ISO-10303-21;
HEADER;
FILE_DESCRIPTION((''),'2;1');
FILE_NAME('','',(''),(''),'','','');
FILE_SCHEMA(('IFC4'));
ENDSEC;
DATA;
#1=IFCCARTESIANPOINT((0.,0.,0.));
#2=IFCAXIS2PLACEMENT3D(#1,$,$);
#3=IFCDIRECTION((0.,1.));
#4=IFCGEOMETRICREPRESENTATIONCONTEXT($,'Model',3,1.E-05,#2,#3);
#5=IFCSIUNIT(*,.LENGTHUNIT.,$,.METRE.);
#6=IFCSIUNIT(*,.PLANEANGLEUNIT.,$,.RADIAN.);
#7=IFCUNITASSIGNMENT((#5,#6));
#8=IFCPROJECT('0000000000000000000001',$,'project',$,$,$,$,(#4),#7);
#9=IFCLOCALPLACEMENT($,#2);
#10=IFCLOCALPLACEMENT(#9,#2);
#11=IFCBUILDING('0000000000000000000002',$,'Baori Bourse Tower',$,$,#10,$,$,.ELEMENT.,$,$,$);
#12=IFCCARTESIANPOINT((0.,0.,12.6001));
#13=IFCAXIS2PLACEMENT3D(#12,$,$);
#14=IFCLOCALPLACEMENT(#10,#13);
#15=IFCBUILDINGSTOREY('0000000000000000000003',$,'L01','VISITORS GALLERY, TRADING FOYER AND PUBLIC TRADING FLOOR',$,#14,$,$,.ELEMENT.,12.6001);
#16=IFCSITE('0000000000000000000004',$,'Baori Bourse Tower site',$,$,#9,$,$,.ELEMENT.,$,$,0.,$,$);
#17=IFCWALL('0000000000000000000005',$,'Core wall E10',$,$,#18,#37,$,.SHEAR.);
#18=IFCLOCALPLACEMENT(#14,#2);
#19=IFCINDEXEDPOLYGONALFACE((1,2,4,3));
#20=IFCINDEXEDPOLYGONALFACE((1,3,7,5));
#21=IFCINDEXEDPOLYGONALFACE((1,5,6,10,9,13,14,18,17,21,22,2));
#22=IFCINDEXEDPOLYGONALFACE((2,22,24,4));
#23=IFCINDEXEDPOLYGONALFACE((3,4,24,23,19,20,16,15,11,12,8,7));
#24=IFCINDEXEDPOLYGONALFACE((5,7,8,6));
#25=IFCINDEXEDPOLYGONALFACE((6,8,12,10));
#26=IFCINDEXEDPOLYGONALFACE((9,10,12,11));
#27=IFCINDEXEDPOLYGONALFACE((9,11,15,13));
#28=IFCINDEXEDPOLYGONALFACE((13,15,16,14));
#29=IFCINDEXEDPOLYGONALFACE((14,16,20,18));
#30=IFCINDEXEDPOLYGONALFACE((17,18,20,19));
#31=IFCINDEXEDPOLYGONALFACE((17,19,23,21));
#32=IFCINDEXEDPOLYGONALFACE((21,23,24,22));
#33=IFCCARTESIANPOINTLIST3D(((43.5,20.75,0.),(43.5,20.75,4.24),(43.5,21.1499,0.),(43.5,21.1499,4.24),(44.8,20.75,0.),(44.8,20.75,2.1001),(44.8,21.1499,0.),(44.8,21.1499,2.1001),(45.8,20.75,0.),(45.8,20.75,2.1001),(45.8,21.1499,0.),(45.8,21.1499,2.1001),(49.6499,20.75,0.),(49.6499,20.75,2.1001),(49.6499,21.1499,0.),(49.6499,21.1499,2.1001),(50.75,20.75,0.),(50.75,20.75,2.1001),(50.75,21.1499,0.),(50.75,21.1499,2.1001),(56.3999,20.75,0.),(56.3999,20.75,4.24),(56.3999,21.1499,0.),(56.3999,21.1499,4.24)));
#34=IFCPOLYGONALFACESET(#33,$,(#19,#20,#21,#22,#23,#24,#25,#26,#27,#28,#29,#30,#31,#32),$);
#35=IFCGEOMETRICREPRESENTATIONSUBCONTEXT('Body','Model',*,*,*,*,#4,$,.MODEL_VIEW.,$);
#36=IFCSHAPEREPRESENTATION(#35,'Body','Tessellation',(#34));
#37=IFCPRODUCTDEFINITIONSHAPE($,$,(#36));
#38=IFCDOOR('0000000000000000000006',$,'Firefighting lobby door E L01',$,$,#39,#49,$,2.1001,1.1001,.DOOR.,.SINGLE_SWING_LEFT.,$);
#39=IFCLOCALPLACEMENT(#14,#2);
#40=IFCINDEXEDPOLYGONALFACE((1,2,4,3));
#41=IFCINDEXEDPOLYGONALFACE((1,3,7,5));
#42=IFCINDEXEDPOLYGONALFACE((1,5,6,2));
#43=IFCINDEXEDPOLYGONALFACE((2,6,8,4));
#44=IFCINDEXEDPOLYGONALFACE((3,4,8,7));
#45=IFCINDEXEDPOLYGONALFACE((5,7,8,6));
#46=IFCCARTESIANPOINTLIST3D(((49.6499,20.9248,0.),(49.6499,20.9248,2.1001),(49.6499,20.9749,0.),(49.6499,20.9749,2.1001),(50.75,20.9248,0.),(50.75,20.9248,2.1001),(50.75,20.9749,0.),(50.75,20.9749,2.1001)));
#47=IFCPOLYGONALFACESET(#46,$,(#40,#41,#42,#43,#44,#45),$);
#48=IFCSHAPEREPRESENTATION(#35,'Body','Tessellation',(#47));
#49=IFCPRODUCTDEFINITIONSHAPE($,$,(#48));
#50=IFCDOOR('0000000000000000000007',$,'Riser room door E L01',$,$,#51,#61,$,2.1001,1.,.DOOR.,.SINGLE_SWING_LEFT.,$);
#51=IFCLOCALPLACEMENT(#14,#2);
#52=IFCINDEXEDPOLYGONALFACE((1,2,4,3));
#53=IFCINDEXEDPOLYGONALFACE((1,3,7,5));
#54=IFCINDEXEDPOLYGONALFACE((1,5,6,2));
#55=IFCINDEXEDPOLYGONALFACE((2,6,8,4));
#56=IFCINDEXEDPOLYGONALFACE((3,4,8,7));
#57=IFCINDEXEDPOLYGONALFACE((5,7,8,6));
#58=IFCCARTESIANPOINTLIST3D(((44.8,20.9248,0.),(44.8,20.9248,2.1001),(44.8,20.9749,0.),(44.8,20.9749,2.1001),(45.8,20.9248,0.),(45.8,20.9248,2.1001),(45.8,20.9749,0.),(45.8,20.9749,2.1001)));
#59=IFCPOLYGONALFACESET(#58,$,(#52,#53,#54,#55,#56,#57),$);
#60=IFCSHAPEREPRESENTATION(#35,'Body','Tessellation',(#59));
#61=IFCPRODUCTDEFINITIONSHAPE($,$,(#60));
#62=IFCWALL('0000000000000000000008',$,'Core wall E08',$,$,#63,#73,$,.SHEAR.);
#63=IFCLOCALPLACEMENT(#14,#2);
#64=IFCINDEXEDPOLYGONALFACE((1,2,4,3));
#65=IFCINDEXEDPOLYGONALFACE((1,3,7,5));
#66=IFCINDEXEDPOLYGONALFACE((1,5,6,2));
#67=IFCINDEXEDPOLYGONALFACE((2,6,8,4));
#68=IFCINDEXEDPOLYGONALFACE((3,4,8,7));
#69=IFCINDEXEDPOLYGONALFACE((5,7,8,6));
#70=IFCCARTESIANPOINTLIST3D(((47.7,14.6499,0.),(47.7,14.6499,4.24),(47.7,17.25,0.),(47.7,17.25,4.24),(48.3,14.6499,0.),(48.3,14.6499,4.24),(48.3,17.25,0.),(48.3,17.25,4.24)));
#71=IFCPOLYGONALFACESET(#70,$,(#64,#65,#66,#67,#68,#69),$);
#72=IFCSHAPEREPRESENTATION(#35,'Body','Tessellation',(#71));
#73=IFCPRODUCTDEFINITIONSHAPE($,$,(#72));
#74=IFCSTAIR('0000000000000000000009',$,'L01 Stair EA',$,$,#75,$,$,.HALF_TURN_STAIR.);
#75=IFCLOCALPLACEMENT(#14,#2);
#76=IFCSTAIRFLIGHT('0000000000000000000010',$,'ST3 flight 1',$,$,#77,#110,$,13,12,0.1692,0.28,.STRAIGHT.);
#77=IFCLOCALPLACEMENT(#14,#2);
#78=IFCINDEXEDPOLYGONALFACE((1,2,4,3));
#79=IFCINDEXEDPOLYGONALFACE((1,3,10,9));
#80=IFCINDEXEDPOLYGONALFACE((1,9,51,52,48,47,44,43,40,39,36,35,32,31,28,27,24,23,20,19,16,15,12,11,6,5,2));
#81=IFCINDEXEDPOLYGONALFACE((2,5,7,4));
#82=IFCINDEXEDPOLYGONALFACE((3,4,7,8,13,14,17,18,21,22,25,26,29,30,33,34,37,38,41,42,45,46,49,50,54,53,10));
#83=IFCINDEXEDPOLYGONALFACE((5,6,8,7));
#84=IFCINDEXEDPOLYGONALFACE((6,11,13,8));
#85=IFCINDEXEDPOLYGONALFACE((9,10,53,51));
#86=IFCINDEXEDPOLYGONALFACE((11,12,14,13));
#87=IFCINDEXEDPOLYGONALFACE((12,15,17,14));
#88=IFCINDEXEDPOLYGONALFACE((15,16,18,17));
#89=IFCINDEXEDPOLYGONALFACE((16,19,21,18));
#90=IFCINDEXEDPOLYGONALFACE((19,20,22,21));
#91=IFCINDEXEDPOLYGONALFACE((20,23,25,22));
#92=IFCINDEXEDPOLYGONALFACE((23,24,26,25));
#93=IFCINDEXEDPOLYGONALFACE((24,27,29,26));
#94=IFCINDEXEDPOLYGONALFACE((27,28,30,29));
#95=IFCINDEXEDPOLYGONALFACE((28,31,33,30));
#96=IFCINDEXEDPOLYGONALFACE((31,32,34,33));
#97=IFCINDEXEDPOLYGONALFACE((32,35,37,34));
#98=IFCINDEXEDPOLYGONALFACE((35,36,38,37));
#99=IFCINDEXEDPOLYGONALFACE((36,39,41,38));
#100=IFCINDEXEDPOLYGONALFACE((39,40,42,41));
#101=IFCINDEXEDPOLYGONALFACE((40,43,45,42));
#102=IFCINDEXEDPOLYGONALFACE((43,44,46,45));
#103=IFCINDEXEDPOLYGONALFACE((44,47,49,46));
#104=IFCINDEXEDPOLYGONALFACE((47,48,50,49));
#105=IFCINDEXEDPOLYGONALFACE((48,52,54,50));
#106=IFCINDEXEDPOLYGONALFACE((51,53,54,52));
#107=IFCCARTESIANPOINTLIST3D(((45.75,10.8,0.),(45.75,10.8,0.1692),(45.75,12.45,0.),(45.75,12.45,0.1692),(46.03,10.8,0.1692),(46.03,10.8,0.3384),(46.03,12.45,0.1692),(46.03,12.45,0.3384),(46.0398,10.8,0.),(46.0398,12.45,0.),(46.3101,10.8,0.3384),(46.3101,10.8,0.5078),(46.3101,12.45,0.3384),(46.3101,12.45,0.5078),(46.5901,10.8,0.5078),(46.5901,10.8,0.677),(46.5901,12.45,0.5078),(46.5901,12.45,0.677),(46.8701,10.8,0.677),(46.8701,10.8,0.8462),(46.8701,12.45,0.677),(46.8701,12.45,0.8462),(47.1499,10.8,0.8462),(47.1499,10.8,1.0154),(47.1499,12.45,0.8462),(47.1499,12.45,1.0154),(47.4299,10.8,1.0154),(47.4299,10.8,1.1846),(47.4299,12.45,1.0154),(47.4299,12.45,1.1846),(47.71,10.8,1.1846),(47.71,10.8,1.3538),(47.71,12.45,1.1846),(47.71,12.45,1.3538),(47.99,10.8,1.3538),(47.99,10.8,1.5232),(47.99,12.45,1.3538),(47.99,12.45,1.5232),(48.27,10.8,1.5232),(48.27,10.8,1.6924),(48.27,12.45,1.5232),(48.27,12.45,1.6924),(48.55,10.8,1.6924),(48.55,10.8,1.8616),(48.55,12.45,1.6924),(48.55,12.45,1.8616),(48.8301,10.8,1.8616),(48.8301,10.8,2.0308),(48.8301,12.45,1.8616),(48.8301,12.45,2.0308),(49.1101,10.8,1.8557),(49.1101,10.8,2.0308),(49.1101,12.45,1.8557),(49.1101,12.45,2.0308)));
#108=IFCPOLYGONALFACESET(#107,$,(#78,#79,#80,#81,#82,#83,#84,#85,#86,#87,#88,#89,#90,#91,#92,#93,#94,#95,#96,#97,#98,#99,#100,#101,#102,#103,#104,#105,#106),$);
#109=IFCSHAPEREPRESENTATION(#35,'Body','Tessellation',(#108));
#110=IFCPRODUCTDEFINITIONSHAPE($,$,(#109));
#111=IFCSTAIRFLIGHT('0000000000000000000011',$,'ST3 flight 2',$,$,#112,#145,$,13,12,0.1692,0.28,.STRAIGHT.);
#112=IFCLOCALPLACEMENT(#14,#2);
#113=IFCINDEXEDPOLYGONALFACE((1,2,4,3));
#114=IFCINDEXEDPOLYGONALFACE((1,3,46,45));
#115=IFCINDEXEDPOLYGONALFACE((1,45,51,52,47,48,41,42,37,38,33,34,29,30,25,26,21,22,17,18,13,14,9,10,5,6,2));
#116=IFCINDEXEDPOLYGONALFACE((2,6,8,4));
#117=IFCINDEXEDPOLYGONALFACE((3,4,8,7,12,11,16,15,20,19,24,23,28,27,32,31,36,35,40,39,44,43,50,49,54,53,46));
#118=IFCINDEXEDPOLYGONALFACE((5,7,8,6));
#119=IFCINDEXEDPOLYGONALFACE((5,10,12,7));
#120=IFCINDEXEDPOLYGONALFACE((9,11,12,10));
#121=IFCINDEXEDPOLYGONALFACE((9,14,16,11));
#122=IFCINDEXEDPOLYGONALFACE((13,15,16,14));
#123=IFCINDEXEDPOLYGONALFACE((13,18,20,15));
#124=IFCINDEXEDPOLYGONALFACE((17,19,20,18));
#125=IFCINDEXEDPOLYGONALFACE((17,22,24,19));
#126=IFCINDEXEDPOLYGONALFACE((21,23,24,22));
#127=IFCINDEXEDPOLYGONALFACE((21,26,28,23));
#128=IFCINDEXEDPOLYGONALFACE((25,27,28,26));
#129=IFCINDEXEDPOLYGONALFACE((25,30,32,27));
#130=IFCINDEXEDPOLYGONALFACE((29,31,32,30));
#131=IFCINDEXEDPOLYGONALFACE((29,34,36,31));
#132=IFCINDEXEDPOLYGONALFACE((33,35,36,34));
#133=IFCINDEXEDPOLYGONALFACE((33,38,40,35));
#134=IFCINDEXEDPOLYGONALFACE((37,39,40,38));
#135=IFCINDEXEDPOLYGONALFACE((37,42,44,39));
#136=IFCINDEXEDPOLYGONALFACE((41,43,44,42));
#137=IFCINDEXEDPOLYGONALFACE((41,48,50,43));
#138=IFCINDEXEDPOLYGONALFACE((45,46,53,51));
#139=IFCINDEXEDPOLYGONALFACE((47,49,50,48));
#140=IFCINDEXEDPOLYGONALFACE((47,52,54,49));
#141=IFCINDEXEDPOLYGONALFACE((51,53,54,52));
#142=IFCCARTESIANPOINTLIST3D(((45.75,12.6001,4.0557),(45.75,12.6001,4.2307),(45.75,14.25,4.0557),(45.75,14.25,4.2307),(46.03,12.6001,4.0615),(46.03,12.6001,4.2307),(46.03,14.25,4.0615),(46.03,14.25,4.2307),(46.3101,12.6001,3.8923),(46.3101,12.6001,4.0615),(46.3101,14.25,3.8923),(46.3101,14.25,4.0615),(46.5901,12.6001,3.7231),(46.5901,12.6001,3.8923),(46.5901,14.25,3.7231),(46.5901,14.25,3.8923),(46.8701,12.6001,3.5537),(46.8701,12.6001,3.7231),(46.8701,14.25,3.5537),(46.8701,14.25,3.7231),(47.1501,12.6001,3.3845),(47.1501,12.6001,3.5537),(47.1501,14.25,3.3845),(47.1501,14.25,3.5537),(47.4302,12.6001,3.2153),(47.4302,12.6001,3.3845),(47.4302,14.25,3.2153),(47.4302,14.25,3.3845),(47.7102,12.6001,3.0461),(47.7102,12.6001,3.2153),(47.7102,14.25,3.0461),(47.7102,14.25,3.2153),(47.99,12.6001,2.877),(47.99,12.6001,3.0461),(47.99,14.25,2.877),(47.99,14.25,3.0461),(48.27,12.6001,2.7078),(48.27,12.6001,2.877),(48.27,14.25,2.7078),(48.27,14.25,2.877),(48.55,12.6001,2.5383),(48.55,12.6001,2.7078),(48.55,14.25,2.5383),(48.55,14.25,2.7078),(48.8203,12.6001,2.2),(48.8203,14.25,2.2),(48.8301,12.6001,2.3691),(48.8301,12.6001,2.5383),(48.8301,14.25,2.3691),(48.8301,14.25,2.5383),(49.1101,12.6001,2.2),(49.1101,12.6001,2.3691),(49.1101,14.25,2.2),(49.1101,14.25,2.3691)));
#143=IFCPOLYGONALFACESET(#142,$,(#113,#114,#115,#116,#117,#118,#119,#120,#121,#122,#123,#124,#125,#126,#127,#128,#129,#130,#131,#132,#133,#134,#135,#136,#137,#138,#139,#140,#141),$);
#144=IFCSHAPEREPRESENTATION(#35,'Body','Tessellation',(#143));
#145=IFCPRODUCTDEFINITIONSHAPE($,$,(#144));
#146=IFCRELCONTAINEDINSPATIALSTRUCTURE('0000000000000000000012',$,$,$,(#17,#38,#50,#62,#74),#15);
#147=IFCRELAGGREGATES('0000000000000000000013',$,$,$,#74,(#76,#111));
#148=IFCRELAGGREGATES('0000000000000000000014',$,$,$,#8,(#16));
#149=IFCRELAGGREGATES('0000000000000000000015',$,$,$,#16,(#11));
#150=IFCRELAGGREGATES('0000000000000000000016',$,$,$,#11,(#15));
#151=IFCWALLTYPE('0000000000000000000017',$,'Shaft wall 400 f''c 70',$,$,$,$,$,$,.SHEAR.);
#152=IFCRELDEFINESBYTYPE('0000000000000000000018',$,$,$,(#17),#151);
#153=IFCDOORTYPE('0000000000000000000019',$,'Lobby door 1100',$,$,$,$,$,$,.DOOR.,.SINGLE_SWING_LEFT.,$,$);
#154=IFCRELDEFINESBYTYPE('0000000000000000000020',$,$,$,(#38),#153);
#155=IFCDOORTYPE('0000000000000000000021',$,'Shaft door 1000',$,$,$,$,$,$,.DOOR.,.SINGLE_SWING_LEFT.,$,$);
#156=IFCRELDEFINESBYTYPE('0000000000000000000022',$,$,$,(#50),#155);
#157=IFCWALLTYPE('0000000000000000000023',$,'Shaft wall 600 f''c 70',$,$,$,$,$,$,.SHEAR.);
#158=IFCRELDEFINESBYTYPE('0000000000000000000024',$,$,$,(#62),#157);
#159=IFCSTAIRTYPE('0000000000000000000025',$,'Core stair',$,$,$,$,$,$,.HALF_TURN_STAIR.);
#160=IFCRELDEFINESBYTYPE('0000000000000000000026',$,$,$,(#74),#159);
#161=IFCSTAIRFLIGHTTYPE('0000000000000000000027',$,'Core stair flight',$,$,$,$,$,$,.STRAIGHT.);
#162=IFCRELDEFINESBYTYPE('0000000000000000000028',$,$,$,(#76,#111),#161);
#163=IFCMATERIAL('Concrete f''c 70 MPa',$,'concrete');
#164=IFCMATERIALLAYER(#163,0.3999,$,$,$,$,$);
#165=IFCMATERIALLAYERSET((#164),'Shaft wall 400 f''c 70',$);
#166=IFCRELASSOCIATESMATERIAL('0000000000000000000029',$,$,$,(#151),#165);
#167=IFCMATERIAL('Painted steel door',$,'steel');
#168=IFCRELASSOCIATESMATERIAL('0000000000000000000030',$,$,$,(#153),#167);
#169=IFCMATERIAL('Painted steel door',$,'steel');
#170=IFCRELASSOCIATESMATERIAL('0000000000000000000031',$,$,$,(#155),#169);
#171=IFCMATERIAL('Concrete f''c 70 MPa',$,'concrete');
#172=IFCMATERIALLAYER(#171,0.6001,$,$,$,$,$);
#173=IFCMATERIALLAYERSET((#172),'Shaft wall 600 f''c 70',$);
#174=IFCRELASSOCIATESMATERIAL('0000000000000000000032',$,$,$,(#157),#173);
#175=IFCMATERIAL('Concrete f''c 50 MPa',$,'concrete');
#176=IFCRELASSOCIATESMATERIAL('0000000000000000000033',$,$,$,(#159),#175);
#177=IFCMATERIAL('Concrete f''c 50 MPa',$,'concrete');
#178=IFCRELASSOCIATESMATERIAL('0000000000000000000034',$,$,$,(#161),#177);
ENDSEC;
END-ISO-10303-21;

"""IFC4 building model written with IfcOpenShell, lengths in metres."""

from ifc_helpers import new_model, si_unit, direction, frame, frame_2d, origin, place, context, subcontext, project, spatial, polyline, rectangle, outline, extrude, material, layer, layer_set, type_object, element, fill, aggregate, save


model = new_model("IFC4")

# Units and contexts
model_context = context("Model", 3, precision=1e-05, world=origin(), true_north=direction((0.0, 1.0)))
body_context = subcontext(model_context, "Body", "Model", "MODEL_VIEW")
ifc_project = project(units=[si_unit("LENGTHUNIT", "METRE"), si_unit("PLANEANGLEUNIT", "RADIAN")], contexts=[model_context])

# Site, building, storey
site_placement = place(None, origin())
site = spatial("IfcSite", under=ifc_project, at=site_placement, Name="Baori Bourse Tower site", CompositionType="ELEMENT", RefElevation=0.0)
building_placement = place(site_placement, origin())
building = spatial("IfcBuilding", under=site, at=building_placement, Name="Baori Bourse Tower", CompositionType="ELEMENT")
storey_placement = place(building_placement, frame((0.0, 0.0, 12.6001)))
storey = spatial("IfcBuildingStorey", under=building, at=storey_placement, Name="L01", Description="VISITORS GALLERY, TRADING FOYER AND PUBLIC TRADING FLOOR", CompositionType="ELEMENT", Elevation=12.6001)

# Wall, openings, doors
ifc_material_1 = material(Name="Concrete f'c 70 MPa", Category="concrete")
ifc_layer_1 = layer(ifc_material_1, 0.3999)
ifc_layer_set_1 = layer_set([ifc_layer_1], Name="Shaft wall 400 f'c 70")
wall_type_1 = type_object("IfcWallType", Name="Shaft wall 400 f'c 70", PredefinedType="SHEAR", material=ifc_layer_set_1)
wall_1_placement = place(storey_placement, frame((43.5, 20.95, 0.0), z_axis=(0.0, 0.0, 1.0), x_axis=(1.0, 0.0, 0.0)))
wall_1 = element("IfcWall", 1, at=wall_1_placement, inside=storey, type_object=wall_type_1, Name="Core wall E10", PredefinedType="SHEAR", context=body_context, shape_type="SweptSolid", body=[
    extrude(rectangle(XDim=12.8999, YDim=0.3999, at=frame_2d((6.45, 0.0))), origin(), (0.0, 0.0, 1.0), 4.24),
])
opening_1_placement = place(wall_1_placement, frame((6.1499, 0.0, 0.0)))
opening_1 = element("IfcOpeningElement", 2, at=opening_1_placement, cuts=wall_1, PredefinedType="OPENING", context=body_context, shape_type="SweptSolid", body=[
    extrude(rectangle(XDim=1.1001, YDim=2.1001, at=frame_2d((0.55, 1.05))), frame((0.0, 0.21, 0.0), z_axis=(0.0, -1.0, 0.0), x_axis=(1.0, 0.0, 0.0)), (0.0, 0.0, 1.0), 0.4199),
])
opening_2_placement = place(wall_1_placement, frame((1.3, 0.0, 0.0)))
opening_2 = element("IfcOpeningElement", 3, at=opening_2_placement, cuts=wall_1, PredefinedType="OPENING", context=body_context, shape_type="SweptSolid", body=[
    extrude(rectangle(XDim=1.0, YDim=2.1001, at=frame_2d((0.5, 1.05))), frame((0.0, 0.21, 0.0), z_axis=(0.0, -1.0, 0.0), x_axis=(1.0, 0.0, 0.0)), (0.0, 0.0, 1.0), 0.4199),
])
ifc_material_2 = material(Name="Painted steel door", Category="steel")
door_type_1 = type_object("IfcDoorType", Name="Lobby door 1100", OperationType="SINGLE_SWING_LEFT", PredefinedType="DOOR", material=ifc_material_2)
door_1_placement = place(opening_1_placement, origin())
door_1 = element("IfcDoor", 4, at=door_1_placement, inside=storey, type_object=door_type_1, Name="Firefighting lobby door E L01", OperationType="SINGLE_SWING_LEFT", OverallHeight=2.1001, OverallWidth=1.1001, PredefinedType="DOOR", context=body_context, shape_type="SweptSolid", body=[
    extrude(rectangle(XDim=1.1001, YDim=2.1001, at=frame_2d((0.55, 1.05))), frame((0.0, 0.0249, 0.0), z_axis=(0.0, -1.0, 0.0), x_axis=(1.0, 0.0, 0.0)), (0.0, 0.0, 1.0), 0.05),
])
fill(opening_1, door_1)
ifc_material_3 = material(Name="Painted steel door", Category="steel")
door_type_2 = type_object("IfcDoorType", Name="Shaft door 1000", OperationType="SINGLE_SWING_LEFT", PredefinedType="DOOR", material=ifc_material_3)
door_2_placement = place(opening_2_placement, origin())
door_2 = element("IfcDoor", 5, at=door_2_placement, inside=storey, type_object=door_type_2, Name="Riser room door E L01", OperationType="SINGLE_SWING_LEFT", OverallHeight=2.1001, OverallWidth=1.0, PredefinedType="DOOR", context=body_context, shape_type="SweptSolid", body=[
    extrude(rectangle(XDim=1.0, YDim=2.1001, at=frame_2d((0.5, 1.05))), frame((0.0, 0.0249, 0.0), z_axis=(0.0, -1.0, 0.0), x_axis=(1.0, 0.0, 0.0)), (0.0, 0.0, 1.0), 0.05),
])
fill(opening_2, door_2)

# Wall
ifc_material_4 = material(Name="Concrete f'c 70 MPa", Category="concrete")
ifc_layer_2 = layer(ifc_material_4, 0.6001)
ifc_layer_set_2 = layer_set([ifc_layer_2], Name="Shaft wall 600 f'c 70")
wall_type_2 = type_object("IfcWallType", Name="Shaft wall 600 f'c 70", PredefinedType="SHEAR", material=ifc_layer_set_2)
wall_2_placement = place(storey_placement, frame((48.0, 14.6499, 0.0), z_axis=(0.0, 0.0, 1.0), x_axis=(0.0, 1.0, 0.0)))
element("IfcWall", 6, at=wall_2_placement, inside=storey, type_object=wall_type_2, Name="Core wall E08", PredefinedType="SHEAR", context=body_context, shape_type="SweptSolid", body=[
    extrude(rectangle(XDim=2.6001, YDim=0.6001, at=frame_2d((1.3, 0.0))), origin(), (0.0, 0.0, 1.0), 4.24),
])

# Stair, stair flights
ifc_material_5 = material(Name="Concrete f'c 50 MPa", Category="concrete")
stair_type = type_object("IfcStairType", Name="Core stair", PredefinedType="HALF_TURN_STAIR", material=ifc_material_5)
stair_placement = place(storey_placement, origin())
stair = element("IfcStair", 7, at=stair_placement, inside=storey, type_object=stair_type, Name="L01 Stair EA", PredefinedType="HALF_TURN_STAIR")
ifc_material_6 = material(Name="Concrete f'c 50 MPa", Category="concrete")
stair_flight_type = type_object("IfcStairFlightType", Name="Core stair flight", PredefinedType="STRAIGHT", material=ifc_material_6)
stair_flight_1_placement = place(storey_placement, frame((45.75, 11.625, 0.0), z_axis=(0.0, 0.0, 1.0), x_axis=(1.0, 0.0, 0.0)))
stair_flight_1 = element("IfcStairFlight", 8, at=stair_flight_1_placement, type_object=stair_flight_type, Name="ST3 flight 1", NumberOfRisers=13, NumberOfTreads=12, PredefinedType="STRAIGHT", RiserHeight=0.1692, TreadLength=0.28, context=body_context, shape_type="SweptSolid", body=[
    extrude(outline(polyline([(0.0, 0.0), (0.0, 0.1692), (0.28, 0.1692), (0.28, 0.3384), (0.5601, 0.3384), (0.5601, 0.5078), (0.8401, 0.5078), (0.8401, 0.677), (1.1201, 0.677), (1.1201, 0.8462), (1.3999, 0.8462), (1.3999, 1.0154), (1.6799, 1.0154), (1.6799, 1.1846), (1.96, 1.1846), (1.96, 1.3538), (2.24, 1.3538), (2.24, 1.5232), (2.52, 1.5232), (2.52, 1.6924), (2.8, 1.6924), (2.8, 1.8616), (3.0801, 1.8616), (3.0801, 2.0308), (3.3601, 2.0308), (3.3601, 2.2), (3.3601, 1.8557), (0.2898, 0.0), (0.0, 0.0)])), frame((0.0, 0.825, 0.0), z_axis=(0.0, -1.0, 0.0), x_axis=(1.0, 0.0, 0.0)), (0.0, 0.0, 1.0), 1.6499),
])
stair_flight_2_placement = place(storey_placement, frame((49.1101, 13.425, 2.2), z_axis=(0.0, 0.0, 1.0), x_axis=(-1.0, 0.0, 0.0)))
stair_flight_2 = element("IfcStairFlight", 9, at=stair_flight_2_placement, type_object=stair_flight_type, Name="ST3 flight 2", NumberOfRisers=13, NumberOfTreads=12, PredefinedType="STRAIGHT", RiserHeight=0.1692, TreadLength=0.28, context=body_context, shape_type="SweptSolid", body=[
    extrude(outline(polyline([(0.0, 0.0), (0.0, 0.1692), (0.28, 0.1692), (0.28, 0.3384), (0.5601, 0.3384), (0.5601, 0.5078), (0.8401, 0.5078), (0.8401, 0.677), (1.1201, 0.677), (1.1201, 0.8462), (1.3999, 0.8462), (1.3999, 1.0154), (1.6799, 1.0154), (1.6799, 1.1846), (1.96, 1.1846), (1.96, 1.3538), (2.24, 1.3538), (2.24, 1.5232), (2.52, 1.5232), (2.52, 1.6924), (2.8, 1.6924), (2.8, 1.8616), (3.0801, 1.8616), (3.0801, 2.0308), (3.3601, 2.0308), (3.3601, 2.2), (3.3601, 1.8557), (0.2898, 0.0), (0.0, 0.0)])), frame((0.0, 0.825, 0.0), z_axis=(0.0, -1.0, 0.0), x_axis=(1.0, 0.0, 0.0)), (0.0, 0.0, 1.0), 1.6499),
])
aggregate(stair, [stair_flight_1, stair_flight_2])

save(model, "model.ifc")
